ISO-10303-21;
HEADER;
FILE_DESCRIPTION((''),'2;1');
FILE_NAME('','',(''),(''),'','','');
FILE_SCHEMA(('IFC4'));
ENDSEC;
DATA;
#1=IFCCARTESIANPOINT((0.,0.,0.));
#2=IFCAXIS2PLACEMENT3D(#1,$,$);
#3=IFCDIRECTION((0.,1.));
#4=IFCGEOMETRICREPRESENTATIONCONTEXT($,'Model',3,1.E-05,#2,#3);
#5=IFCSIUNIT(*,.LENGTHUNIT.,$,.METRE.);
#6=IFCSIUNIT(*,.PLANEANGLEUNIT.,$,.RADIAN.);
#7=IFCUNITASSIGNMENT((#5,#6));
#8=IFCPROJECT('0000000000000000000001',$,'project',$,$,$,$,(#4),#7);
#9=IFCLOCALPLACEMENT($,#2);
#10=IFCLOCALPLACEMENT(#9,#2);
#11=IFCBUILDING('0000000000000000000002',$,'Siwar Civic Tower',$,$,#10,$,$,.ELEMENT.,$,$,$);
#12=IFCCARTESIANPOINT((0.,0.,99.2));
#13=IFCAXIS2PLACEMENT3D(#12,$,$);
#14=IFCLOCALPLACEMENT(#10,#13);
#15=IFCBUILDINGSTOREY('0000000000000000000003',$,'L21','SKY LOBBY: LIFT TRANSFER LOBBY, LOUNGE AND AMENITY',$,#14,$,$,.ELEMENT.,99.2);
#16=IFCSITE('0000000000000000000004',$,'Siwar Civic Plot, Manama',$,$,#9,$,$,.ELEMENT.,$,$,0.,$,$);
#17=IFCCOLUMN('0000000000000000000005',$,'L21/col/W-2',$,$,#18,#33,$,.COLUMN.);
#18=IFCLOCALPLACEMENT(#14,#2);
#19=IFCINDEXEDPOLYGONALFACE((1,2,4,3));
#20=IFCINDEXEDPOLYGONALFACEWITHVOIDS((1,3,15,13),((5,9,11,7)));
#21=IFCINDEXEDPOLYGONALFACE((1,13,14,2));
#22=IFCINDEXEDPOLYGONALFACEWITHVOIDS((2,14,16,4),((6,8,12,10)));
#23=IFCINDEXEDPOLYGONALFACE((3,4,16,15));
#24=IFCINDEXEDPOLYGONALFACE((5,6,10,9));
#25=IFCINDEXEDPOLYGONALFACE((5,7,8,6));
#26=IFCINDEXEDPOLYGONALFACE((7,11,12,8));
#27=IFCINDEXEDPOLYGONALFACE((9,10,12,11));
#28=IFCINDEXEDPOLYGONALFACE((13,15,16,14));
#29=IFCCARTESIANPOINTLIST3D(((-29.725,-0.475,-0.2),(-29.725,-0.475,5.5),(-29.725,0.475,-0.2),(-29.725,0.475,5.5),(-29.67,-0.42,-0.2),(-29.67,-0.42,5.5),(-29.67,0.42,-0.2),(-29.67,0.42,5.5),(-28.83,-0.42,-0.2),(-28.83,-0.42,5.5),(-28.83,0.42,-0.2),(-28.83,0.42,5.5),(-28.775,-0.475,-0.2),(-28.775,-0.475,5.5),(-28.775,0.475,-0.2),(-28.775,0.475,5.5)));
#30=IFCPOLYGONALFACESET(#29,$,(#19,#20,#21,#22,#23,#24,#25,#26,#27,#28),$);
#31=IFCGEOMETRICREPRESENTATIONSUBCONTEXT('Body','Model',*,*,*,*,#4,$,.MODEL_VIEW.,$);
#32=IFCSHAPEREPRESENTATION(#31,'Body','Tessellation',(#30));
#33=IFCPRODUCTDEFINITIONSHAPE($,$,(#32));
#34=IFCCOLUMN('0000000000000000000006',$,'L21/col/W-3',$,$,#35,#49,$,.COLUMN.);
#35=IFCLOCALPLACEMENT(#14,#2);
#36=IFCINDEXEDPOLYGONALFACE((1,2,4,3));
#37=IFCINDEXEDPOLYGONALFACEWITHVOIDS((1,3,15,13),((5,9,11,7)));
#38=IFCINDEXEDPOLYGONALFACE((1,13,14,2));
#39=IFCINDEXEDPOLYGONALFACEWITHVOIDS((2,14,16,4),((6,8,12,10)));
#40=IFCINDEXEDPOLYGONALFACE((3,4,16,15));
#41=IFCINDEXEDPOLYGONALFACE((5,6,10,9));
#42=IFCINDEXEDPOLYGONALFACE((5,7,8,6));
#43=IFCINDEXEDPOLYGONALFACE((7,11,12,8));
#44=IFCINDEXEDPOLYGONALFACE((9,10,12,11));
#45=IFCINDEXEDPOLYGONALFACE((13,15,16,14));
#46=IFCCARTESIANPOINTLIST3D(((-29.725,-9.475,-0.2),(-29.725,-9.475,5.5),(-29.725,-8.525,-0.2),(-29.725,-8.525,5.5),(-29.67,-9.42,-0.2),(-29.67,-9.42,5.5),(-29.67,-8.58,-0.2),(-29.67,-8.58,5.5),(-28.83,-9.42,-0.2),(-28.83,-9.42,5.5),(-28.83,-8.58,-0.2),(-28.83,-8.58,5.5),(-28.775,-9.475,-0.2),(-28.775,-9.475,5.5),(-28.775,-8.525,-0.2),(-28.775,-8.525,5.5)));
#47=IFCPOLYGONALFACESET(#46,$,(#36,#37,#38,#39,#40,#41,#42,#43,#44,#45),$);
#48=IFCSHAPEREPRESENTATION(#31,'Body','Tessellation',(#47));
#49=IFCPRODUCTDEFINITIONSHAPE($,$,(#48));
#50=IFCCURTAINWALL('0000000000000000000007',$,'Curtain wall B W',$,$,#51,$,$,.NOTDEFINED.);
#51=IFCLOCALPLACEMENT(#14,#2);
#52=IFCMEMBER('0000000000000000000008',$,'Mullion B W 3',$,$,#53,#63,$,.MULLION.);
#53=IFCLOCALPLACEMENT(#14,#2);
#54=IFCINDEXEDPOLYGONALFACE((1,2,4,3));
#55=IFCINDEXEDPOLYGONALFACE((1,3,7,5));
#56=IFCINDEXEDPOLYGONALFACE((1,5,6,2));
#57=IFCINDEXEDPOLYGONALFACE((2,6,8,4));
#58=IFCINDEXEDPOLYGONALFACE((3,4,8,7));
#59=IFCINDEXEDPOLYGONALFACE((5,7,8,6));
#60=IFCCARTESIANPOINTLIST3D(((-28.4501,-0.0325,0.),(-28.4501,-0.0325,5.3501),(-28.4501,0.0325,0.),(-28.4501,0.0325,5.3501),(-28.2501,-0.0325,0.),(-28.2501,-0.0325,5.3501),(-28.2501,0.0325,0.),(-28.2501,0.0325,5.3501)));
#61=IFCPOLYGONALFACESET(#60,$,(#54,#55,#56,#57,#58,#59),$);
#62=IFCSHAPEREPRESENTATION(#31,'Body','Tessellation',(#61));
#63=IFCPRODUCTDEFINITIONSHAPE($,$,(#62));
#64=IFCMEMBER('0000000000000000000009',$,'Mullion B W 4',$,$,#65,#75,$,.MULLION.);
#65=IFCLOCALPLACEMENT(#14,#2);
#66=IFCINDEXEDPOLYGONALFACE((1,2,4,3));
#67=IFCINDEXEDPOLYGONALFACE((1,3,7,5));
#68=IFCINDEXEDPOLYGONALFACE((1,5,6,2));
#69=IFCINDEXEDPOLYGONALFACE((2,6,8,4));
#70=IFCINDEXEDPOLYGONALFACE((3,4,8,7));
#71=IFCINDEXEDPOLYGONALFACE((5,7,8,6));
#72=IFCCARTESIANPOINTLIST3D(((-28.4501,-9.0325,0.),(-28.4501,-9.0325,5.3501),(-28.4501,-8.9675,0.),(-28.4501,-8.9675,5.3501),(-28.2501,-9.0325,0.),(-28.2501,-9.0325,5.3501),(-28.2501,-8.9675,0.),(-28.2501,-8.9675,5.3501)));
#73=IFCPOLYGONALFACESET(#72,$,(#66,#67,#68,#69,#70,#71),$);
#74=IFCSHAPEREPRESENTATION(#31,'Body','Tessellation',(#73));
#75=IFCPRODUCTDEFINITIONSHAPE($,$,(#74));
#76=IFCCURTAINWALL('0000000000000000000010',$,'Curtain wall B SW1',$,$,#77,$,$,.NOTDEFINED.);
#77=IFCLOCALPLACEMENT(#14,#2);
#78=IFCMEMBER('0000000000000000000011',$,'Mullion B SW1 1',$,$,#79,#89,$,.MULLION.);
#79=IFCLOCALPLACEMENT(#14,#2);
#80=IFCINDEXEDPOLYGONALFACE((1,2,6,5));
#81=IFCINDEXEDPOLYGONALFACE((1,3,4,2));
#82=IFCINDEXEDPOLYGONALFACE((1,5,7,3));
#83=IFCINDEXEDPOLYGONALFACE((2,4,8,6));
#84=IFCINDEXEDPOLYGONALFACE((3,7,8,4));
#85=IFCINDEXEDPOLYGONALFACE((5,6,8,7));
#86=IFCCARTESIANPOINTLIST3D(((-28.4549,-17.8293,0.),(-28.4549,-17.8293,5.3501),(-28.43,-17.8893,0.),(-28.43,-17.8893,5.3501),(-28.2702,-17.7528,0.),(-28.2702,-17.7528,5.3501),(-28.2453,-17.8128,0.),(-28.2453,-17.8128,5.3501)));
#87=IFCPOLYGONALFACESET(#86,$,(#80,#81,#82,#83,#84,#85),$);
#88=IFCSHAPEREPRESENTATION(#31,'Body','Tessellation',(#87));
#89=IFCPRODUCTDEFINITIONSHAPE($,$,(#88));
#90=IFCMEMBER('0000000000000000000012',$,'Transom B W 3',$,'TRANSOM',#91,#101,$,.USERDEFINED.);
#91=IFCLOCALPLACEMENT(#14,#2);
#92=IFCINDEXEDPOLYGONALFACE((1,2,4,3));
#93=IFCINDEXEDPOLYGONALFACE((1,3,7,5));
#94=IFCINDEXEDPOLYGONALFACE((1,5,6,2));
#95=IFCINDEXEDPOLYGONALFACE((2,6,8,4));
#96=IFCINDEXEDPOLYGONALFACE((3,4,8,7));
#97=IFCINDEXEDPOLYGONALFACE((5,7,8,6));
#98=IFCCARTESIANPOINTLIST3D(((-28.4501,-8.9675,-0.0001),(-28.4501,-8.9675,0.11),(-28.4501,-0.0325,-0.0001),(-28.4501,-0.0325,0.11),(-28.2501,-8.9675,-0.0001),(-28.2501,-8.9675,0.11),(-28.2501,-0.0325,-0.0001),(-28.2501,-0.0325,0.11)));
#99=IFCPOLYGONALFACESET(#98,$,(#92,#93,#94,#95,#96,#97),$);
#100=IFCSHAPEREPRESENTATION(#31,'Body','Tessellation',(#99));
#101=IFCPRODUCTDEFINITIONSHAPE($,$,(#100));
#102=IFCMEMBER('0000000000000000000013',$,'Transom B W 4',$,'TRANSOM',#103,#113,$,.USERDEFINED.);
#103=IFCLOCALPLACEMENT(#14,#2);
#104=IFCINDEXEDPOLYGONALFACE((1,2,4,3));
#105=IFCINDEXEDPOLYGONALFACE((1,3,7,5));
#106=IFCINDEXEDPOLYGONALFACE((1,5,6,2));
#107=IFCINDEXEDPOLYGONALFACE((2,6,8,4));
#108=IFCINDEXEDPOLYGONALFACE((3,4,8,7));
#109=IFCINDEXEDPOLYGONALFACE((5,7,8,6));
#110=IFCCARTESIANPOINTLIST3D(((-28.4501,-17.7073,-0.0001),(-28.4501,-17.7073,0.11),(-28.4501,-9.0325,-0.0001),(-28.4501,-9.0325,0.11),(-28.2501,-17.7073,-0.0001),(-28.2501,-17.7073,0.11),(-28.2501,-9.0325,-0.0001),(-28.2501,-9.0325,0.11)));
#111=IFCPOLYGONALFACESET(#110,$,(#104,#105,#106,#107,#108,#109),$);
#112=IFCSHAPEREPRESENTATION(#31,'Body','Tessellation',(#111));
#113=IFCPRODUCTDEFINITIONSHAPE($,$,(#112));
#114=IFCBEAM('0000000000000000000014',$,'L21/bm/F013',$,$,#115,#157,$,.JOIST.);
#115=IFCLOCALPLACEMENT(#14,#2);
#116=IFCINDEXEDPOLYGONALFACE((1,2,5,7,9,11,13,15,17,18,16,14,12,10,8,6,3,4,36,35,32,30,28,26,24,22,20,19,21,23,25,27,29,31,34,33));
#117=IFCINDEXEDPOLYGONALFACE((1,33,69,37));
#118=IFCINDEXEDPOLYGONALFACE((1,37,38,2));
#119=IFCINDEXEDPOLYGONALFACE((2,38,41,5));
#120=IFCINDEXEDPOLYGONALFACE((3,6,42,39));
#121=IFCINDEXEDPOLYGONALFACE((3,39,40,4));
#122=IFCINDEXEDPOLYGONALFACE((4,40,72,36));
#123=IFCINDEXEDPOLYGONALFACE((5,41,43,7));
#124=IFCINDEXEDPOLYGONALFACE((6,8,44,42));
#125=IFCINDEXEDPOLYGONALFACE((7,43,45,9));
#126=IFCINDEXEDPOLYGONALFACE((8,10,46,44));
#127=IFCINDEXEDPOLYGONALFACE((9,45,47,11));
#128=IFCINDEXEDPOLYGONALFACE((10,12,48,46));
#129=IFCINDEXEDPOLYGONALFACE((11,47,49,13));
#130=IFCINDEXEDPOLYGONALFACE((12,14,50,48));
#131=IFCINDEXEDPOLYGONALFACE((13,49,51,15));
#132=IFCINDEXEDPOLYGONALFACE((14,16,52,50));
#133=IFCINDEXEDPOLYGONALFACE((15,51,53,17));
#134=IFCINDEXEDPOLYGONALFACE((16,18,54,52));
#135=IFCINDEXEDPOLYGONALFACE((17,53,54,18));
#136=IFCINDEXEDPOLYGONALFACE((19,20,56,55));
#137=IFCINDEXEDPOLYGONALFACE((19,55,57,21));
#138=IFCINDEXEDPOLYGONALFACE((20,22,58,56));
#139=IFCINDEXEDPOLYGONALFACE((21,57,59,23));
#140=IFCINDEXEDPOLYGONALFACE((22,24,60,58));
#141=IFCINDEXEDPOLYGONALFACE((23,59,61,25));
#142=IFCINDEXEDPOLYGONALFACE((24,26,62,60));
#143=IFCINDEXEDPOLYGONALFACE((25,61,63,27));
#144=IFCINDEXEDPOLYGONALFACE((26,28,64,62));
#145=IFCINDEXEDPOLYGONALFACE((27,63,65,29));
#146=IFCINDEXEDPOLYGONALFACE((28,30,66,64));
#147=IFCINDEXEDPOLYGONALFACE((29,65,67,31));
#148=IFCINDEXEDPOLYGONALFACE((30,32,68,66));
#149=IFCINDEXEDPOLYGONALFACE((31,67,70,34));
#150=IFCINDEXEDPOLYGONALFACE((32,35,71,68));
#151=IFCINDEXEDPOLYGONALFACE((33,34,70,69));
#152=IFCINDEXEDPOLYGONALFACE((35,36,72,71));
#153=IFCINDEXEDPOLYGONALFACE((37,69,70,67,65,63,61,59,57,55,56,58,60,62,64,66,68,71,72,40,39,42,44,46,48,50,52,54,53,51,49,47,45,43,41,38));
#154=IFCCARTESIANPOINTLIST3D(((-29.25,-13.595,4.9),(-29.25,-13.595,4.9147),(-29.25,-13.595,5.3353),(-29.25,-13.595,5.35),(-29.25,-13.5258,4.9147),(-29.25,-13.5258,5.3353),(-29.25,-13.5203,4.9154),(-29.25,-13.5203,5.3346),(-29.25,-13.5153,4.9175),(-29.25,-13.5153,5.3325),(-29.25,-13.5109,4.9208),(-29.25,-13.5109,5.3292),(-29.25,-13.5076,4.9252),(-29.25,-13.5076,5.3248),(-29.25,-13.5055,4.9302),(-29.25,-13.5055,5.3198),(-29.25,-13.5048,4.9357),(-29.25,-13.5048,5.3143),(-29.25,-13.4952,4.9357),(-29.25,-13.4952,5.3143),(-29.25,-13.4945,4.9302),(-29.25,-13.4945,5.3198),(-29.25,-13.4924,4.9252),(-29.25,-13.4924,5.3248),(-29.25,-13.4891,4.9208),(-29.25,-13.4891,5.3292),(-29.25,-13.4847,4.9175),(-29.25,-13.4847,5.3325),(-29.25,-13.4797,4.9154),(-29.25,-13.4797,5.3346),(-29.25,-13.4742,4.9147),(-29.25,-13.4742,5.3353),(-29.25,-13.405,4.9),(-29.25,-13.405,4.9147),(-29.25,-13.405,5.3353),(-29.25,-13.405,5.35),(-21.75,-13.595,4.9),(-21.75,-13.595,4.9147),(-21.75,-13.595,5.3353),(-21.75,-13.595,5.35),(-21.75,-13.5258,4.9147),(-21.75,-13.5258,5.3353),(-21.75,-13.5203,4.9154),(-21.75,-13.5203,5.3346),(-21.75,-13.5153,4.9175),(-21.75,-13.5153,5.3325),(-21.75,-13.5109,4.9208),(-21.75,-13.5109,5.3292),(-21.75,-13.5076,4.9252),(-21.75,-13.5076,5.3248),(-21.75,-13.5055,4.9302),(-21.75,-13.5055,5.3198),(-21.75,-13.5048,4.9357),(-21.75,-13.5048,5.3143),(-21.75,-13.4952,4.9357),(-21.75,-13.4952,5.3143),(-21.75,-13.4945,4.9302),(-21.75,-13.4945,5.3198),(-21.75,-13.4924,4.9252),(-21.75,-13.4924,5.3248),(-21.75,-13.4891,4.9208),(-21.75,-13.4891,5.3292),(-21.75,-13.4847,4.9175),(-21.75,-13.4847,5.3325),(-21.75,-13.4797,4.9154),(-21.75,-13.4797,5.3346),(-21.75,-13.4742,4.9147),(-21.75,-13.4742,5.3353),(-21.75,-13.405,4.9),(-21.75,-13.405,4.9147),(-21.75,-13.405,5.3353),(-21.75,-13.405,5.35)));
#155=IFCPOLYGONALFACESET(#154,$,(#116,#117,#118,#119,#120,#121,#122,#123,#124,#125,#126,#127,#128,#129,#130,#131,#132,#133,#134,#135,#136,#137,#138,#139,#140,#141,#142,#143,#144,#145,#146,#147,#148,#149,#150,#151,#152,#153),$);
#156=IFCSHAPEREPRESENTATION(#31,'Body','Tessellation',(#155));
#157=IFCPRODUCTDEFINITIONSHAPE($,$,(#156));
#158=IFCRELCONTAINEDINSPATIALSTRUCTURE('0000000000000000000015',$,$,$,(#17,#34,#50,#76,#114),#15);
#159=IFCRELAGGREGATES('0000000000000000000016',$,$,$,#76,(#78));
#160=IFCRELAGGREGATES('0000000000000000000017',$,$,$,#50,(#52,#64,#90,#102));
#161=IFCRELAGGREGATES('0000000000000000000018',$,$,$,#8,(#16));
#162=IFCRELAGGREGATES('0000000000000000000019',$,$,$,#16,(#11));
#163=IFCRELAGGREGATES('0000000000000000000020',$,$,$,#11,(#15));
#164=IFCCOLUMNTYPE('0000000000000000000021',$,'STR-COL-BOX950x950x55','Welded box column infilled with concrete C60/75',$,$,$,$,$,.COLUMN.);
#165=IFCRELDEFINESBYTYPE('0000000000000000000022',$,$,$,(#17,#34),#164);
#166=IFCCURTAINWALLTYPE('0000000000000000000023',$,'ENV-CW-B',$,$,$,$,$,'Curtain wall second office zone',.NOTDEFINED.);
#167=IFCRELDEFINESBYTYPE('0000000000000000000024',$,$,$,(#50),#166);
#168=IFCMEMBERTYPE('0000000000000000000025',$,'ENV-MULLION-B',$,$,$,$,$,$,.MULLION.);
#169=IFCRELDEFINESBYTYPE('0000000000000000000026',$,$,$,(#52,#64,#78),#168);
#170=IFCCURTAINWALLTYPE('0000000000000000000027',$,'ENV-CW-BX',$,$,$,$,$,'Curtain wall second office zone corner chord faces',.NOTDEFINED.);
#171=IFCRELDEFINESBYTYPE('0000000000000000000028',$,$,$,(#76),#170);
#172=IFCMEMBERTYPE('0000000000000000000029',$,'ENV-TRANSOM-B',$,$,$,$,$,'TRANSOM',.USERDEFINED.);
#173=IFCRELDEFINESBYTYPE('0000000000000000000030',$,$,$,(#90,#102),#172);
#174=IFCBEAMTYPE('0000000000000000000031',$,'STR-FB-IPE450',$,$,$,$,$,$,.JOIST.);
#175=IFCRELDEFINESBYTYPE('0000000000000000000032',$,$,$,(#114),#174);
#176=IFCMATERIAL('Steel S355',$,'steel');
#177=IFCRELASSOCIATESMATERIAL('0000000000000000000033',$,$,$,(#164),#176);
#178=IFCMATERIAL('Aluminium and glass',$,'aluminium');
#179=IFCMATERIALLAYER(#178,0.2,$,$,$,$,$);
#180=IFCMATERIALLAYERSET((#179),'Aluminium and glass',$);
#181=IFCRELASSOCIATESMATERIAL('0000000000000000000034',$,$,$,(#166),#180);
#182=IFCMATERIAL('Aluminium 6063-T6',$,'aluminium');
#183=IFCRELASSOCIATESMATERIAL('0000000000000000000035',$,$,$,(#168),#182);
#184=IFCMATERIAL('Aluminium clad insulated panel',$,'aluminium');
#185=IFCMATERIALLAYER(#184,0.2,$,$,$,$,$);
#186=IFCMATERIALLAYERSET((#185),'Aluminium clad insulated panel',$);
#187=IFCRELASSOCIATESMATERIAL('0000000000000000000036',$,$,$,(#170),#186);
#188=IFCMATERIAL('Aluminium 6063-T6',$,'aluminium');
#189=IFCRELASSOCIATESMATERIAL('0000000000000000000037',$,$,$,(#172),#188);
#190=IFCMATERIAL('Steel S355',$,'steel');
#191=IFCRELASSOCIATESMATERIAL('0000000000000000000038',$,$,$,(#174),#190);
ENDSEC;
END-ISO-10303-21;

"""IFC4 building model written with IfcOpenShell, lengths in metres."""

from ifc_helpers import new_model, si_unit, direction, frame, origin, origin_2d, place, context, subcontext, project, spatial, rectangle, hollow_rectangle, i_section, extrude, material, layer, layer_set, material_profile, profile_set, type_object, element, aggregate, save


model = new_model("IFC4")

# Units and contexts
model_context = context("Model", 3, precision=1e-05, world=origin(), true_north=direction((0.0, 1.0)))
body_context = subcontext(model_context, "Body", "Model", "MODEL_VIEW")
ifc_project = project(units=[si_unit("LENGTHUNIT", "METRE"), si_unit("PLANEANGLEUNIT", "RADIAN")], contexts=[model_context])

# Site, building, storey
site_placement = place(None, origin())
site = spatial("IfcSite", under=ifc_project, at=site_placement, Name="Siwar Civic Plot, Manama", CompositionType="ELEMENT", RefElevation=0.0)
building_placement = place(site_placement, origin())
building = spatial("IfcBuilding", under=site, at=building_placement, Name="Siwar Civic Tower", CompositionType="ELEMENT")
storey_placement = place(building_placement, frame((0.0, 0.0, 99.2)))
storey = spatial("IfcBuildingStorey", under=building, at=storey_placement, Name="L21", Description="SKY LOBBY: LIFT TRANSFER LOBBY, LOUNGE AND AMENITY", CompositionType="ELEMENT", Elevation=99.2)

# Columns
ifc_material_1 = material(Name="Steel S355", Category="steel")
ifc_material_profile_1 = material_profile(ifc_material_1, hollow_rectangle(XDim=0.95, YDim=0.95, WallThickness=0.0549, at=origin_2d()), Name="BOX950x950x55")
ifc_profile_set_1 = profile_set([ifc_material_profile_1], Name="Steel S355")
column_type = type_object("IfcColumnType", Name="STR-COL-BOX950x950x55", Description="Welded box column infilled with concrete C60/75", PredefinedType="COLUMN", material=ifc_profile_set_1)
for number, where, z_axis, x_axis, name in (
    (1, (-29.25, 0.0, -0.2), (0.0, 0.0, 1.0), (1.0, 0.0, 0.0), "L21/col/W-2"),
    (2, (-29.25, -9.0, -0.2), (0.0, 0.0, 1.0), (1.0, 0.0, 0.0), "L21/col/W-3"),
):
    element("IfcColumn", number, at=place(storey_placement, frame(where, z_axis=z_axis, x_axis=x_axis)), inside=storey, type_object=column_type, Name=name, PredefinedType="COLUMN", context=body_context, shape_type="SweptSolid", body=[
        extrude(hollow_rectangle(XDim=0.95, YDim=0.95, WallThickness=0.0549, at=origin_2d()), origin(), (0.0, 0.0, 1.0), 5.7),
    ])

# Curtain wall, members
ifc_material_2 = material(Name="Aluminium and glass", Category="aluminium")
ifc_layer_1 = layer(ifc_material_2, 0.2)
ifc_layer_set_1 = layer_set([ifc_layer_1], Name="Aluminium and glass")
curtain_wall_type_1 = type_object("IfcCurtainWallType", Name="ENV-CW-B", ElementType="Curtain wall second office zone", PredefinedType="NOTDEFINED", material=ifc_layer_set_1)
curtain_wall_1_placement = place(storey_placement, origin())
curtain_wall_1 = element("IfcCurtainWall", 3, at=curtain_wall_1_placement, inside=storey, type_object=curtain_wall_type_1, Name="Curtain wall B W", PredefinedType="NOTDEFINED")
ifc_material_3 = material(Name="Aluminium 6063-T6", Category="aluminium")
ifc_material_profile_2 = material_profile(ifc_material_3, rectangle(XDim=0.2, YDim=0.0649, at=origin_2d()), Name="AL 200x65")
ifc_profile_set_2 = profile_set([ifc_material_profile_2], Name="Aluminium 6063-T6")
member_type_1 = type_object("IfcMemberType", Name="ENV-MULLION-B", PredefinedType="MULLION", material=ifc_profile_set_2)
member_1_placement = place(storey_placement, frame((-28.3501, 0.0, 0.0), z_axis=(0.0, 0.0, 1.0), x_axis=(1.0, 0.0, 0.0)))
member_1 = element("IfcMember", 4, at=member_1_placement, type_object=member_type_1, Name="Mullion B W 3", PredefinedType="MULLION", context=body_context, shape_type="SweptSolid", body=[
    extrude(rectangle(XDim=0.2, YDim=0.0649, at=origin_2d()), origin(), (0.0, 0.0, 1.0), 5.3501),
])
member_2_placement = place(storey_placement, frame((-28.3501, -9.0, 0.0), z_axis=(0.0, 0.0, 1.0), x_axis=(1.0, 0.0, 0.0)))
member_2 = element("IfcMember", 5, at=member_2_placement, type_object=member_type_1, Name="Mullion B W 4", PredefinedType="MULLION", context=body_context, shape_type="SweptSolid", body=[
    extrude(rectangle(XDim=0.2, YDim=0.0649, at=origin_2d()), origin(), (0.0, 0.0, 1.0), 5.3501),
])

# Curtain wall, member
ifc_material_4 = material(Name="Aluminium clad insulated panel", Category="aluminium")
ifc_layer_2 = layer(ifc_material_4, 0.2)
ifc_layer_set_2 = layer_set([ifc_layer_2], Name="Aluminium clad insulated panel")
curtain_wall_type_2 = type_object("IfcCurtainWallType", Name="ENV-CW-BX", ElementType="Curtain wall second office zone corner chord faces", PredefinedType="NOTDEFINED", material=ifc_layer_set_2)
curtain_wall_2_placement = place(storey_placement, origin())
curtain_wall_2 = element("IfcCurtainWall", 6, at=curtain_wall_2_placement, inside=storey, type_object=curtain_wall_type_2, Name="Curtain wall B SW1", PredefinedType="NOTDEFINED")
member_3_placement = place(storey_placement, frame((-28.3501, -17.821, 0.0), z_axis=(0.0, 0.0, 1.0), x_axis=(0.92388, 0.382683, 0.0)))
member_3 = element("IfcMember", 7, at=member_3_placement, type_object=member_type_1, Name="Mullion B SW1 1", PredefinedType="MULLION", context=body_context, shape_type="SweptSolid", body=[
    extrude(rectangle(XDim=0.2, YDim=0.0649, at=origin_2d()), origin(), (0.0, 0.0, 1.0), 5.3501),
])
aggregate(curtain_wall_2, [member_3])

# Members
ifc_material_5 = material(Name="Aluminium 6063-T6", Category="aluminium")
ifc_material_profile_3 = material_profile(ifc_material_5, rectangle(XDim=0.2, YDim=0.1101, at=origin_2d()), Name="AL 200x110")
ifc_profile_set_3 = profile_set([ifc_material_profile_3], Name="Aluminium 6063-T6")
member_type_2 = type_object("IfcMemberType", Name="ENV-TRANSOM-B", ElementType="TRANSOM", PredefinedType="USERDEFINED", material=ifc_profile_set_3)
member_4_placement = place(storey_placement, frame((-28.3501, -0.0325, 0.0549), z_axis=(0.0, -1.0, 0.0), x_axis=(1.0, 0.0, 0.0)))
member_4 = element("IfcMember", 8, at=member_4_placement, type_object=member_type_2, Name="Transom B W 3", ObjectType="TRANSOM", PredefinedType="USERDEFINED", context=body_context, shape_type="SweptSolid", body=[
    extrude(rectangle(XDim=0.2, YDim=0.1101, at=origin_2d()), origin(), (0.0, 0.0, 1.0), 8.9351),
])
member_5_placement = place(storey_placement, frame((-28.3501, -9.0325, 0.0549), z_axis=(0.0, -1.0, 0.0), x_axis=(1.0, 0.0, 0.0)))
member_5 = element("IfcMember", 9, at=member_5_placement, type_object=member_type_2, Name="Transom B W 4", ObjectType="TRANSOM", PredefinedType="USERDEFINED", context=body_context, shape_type="SweptSolid", body=[
    extrude(rectangle(XDim=0.2, YDim=0.1101, at=origin_2d()), origin(), (0.0, 0.0, 1.0), 8.6748),
])

# Beam
ifc_material_6 = material(Name="Steel S355", Category="steel")
ifc_material_profile_4 = material_profile(ifc_material_6, i_section(OverallWidth=0.1899, OverallDepth=0.45, WebThickness=0.0095, FlangeThickness=0.0146, FilletRadius=0.021, at=origin_2d()), Name="IPE450")
ifc_profile_set_4 = profile_set([ifc_material_profile_4], Name="Steel S355")
beam_type_1 = type_object("IfcBeamType", Name="STR-FB-IPE450", PredefinedType="JOIST", material=ifc_profile_set_4)
beam_1_placement = place(storey_placement, frame((-29.25, -13.5, 5.125), z_axis=(1.0, 0.0, 0.0), x_axis=(0.0, 1.0, 0.0)))
element("IfcBeam", 10, at=beam_1_placement, inside=storey, type_object=beam_type_1, Name="L21/bm/F013", PredefinedType="JOIST", context=body_context, shape_type="SweptSolid", body=[
    extrude(i_section(OverallWidth=0.1899, OverallDepth=0.45, WebThickness=0.0095, FlangeThickness=0.0146, FilletRadius=0.021, at=origin_2d()), origin(), (0.0, 0.0, 1.0), 7.5),
])

aggregate(curtain_wall_1, [member_1, member_2, member_4, member_5])

save(model, "model.ifc")
